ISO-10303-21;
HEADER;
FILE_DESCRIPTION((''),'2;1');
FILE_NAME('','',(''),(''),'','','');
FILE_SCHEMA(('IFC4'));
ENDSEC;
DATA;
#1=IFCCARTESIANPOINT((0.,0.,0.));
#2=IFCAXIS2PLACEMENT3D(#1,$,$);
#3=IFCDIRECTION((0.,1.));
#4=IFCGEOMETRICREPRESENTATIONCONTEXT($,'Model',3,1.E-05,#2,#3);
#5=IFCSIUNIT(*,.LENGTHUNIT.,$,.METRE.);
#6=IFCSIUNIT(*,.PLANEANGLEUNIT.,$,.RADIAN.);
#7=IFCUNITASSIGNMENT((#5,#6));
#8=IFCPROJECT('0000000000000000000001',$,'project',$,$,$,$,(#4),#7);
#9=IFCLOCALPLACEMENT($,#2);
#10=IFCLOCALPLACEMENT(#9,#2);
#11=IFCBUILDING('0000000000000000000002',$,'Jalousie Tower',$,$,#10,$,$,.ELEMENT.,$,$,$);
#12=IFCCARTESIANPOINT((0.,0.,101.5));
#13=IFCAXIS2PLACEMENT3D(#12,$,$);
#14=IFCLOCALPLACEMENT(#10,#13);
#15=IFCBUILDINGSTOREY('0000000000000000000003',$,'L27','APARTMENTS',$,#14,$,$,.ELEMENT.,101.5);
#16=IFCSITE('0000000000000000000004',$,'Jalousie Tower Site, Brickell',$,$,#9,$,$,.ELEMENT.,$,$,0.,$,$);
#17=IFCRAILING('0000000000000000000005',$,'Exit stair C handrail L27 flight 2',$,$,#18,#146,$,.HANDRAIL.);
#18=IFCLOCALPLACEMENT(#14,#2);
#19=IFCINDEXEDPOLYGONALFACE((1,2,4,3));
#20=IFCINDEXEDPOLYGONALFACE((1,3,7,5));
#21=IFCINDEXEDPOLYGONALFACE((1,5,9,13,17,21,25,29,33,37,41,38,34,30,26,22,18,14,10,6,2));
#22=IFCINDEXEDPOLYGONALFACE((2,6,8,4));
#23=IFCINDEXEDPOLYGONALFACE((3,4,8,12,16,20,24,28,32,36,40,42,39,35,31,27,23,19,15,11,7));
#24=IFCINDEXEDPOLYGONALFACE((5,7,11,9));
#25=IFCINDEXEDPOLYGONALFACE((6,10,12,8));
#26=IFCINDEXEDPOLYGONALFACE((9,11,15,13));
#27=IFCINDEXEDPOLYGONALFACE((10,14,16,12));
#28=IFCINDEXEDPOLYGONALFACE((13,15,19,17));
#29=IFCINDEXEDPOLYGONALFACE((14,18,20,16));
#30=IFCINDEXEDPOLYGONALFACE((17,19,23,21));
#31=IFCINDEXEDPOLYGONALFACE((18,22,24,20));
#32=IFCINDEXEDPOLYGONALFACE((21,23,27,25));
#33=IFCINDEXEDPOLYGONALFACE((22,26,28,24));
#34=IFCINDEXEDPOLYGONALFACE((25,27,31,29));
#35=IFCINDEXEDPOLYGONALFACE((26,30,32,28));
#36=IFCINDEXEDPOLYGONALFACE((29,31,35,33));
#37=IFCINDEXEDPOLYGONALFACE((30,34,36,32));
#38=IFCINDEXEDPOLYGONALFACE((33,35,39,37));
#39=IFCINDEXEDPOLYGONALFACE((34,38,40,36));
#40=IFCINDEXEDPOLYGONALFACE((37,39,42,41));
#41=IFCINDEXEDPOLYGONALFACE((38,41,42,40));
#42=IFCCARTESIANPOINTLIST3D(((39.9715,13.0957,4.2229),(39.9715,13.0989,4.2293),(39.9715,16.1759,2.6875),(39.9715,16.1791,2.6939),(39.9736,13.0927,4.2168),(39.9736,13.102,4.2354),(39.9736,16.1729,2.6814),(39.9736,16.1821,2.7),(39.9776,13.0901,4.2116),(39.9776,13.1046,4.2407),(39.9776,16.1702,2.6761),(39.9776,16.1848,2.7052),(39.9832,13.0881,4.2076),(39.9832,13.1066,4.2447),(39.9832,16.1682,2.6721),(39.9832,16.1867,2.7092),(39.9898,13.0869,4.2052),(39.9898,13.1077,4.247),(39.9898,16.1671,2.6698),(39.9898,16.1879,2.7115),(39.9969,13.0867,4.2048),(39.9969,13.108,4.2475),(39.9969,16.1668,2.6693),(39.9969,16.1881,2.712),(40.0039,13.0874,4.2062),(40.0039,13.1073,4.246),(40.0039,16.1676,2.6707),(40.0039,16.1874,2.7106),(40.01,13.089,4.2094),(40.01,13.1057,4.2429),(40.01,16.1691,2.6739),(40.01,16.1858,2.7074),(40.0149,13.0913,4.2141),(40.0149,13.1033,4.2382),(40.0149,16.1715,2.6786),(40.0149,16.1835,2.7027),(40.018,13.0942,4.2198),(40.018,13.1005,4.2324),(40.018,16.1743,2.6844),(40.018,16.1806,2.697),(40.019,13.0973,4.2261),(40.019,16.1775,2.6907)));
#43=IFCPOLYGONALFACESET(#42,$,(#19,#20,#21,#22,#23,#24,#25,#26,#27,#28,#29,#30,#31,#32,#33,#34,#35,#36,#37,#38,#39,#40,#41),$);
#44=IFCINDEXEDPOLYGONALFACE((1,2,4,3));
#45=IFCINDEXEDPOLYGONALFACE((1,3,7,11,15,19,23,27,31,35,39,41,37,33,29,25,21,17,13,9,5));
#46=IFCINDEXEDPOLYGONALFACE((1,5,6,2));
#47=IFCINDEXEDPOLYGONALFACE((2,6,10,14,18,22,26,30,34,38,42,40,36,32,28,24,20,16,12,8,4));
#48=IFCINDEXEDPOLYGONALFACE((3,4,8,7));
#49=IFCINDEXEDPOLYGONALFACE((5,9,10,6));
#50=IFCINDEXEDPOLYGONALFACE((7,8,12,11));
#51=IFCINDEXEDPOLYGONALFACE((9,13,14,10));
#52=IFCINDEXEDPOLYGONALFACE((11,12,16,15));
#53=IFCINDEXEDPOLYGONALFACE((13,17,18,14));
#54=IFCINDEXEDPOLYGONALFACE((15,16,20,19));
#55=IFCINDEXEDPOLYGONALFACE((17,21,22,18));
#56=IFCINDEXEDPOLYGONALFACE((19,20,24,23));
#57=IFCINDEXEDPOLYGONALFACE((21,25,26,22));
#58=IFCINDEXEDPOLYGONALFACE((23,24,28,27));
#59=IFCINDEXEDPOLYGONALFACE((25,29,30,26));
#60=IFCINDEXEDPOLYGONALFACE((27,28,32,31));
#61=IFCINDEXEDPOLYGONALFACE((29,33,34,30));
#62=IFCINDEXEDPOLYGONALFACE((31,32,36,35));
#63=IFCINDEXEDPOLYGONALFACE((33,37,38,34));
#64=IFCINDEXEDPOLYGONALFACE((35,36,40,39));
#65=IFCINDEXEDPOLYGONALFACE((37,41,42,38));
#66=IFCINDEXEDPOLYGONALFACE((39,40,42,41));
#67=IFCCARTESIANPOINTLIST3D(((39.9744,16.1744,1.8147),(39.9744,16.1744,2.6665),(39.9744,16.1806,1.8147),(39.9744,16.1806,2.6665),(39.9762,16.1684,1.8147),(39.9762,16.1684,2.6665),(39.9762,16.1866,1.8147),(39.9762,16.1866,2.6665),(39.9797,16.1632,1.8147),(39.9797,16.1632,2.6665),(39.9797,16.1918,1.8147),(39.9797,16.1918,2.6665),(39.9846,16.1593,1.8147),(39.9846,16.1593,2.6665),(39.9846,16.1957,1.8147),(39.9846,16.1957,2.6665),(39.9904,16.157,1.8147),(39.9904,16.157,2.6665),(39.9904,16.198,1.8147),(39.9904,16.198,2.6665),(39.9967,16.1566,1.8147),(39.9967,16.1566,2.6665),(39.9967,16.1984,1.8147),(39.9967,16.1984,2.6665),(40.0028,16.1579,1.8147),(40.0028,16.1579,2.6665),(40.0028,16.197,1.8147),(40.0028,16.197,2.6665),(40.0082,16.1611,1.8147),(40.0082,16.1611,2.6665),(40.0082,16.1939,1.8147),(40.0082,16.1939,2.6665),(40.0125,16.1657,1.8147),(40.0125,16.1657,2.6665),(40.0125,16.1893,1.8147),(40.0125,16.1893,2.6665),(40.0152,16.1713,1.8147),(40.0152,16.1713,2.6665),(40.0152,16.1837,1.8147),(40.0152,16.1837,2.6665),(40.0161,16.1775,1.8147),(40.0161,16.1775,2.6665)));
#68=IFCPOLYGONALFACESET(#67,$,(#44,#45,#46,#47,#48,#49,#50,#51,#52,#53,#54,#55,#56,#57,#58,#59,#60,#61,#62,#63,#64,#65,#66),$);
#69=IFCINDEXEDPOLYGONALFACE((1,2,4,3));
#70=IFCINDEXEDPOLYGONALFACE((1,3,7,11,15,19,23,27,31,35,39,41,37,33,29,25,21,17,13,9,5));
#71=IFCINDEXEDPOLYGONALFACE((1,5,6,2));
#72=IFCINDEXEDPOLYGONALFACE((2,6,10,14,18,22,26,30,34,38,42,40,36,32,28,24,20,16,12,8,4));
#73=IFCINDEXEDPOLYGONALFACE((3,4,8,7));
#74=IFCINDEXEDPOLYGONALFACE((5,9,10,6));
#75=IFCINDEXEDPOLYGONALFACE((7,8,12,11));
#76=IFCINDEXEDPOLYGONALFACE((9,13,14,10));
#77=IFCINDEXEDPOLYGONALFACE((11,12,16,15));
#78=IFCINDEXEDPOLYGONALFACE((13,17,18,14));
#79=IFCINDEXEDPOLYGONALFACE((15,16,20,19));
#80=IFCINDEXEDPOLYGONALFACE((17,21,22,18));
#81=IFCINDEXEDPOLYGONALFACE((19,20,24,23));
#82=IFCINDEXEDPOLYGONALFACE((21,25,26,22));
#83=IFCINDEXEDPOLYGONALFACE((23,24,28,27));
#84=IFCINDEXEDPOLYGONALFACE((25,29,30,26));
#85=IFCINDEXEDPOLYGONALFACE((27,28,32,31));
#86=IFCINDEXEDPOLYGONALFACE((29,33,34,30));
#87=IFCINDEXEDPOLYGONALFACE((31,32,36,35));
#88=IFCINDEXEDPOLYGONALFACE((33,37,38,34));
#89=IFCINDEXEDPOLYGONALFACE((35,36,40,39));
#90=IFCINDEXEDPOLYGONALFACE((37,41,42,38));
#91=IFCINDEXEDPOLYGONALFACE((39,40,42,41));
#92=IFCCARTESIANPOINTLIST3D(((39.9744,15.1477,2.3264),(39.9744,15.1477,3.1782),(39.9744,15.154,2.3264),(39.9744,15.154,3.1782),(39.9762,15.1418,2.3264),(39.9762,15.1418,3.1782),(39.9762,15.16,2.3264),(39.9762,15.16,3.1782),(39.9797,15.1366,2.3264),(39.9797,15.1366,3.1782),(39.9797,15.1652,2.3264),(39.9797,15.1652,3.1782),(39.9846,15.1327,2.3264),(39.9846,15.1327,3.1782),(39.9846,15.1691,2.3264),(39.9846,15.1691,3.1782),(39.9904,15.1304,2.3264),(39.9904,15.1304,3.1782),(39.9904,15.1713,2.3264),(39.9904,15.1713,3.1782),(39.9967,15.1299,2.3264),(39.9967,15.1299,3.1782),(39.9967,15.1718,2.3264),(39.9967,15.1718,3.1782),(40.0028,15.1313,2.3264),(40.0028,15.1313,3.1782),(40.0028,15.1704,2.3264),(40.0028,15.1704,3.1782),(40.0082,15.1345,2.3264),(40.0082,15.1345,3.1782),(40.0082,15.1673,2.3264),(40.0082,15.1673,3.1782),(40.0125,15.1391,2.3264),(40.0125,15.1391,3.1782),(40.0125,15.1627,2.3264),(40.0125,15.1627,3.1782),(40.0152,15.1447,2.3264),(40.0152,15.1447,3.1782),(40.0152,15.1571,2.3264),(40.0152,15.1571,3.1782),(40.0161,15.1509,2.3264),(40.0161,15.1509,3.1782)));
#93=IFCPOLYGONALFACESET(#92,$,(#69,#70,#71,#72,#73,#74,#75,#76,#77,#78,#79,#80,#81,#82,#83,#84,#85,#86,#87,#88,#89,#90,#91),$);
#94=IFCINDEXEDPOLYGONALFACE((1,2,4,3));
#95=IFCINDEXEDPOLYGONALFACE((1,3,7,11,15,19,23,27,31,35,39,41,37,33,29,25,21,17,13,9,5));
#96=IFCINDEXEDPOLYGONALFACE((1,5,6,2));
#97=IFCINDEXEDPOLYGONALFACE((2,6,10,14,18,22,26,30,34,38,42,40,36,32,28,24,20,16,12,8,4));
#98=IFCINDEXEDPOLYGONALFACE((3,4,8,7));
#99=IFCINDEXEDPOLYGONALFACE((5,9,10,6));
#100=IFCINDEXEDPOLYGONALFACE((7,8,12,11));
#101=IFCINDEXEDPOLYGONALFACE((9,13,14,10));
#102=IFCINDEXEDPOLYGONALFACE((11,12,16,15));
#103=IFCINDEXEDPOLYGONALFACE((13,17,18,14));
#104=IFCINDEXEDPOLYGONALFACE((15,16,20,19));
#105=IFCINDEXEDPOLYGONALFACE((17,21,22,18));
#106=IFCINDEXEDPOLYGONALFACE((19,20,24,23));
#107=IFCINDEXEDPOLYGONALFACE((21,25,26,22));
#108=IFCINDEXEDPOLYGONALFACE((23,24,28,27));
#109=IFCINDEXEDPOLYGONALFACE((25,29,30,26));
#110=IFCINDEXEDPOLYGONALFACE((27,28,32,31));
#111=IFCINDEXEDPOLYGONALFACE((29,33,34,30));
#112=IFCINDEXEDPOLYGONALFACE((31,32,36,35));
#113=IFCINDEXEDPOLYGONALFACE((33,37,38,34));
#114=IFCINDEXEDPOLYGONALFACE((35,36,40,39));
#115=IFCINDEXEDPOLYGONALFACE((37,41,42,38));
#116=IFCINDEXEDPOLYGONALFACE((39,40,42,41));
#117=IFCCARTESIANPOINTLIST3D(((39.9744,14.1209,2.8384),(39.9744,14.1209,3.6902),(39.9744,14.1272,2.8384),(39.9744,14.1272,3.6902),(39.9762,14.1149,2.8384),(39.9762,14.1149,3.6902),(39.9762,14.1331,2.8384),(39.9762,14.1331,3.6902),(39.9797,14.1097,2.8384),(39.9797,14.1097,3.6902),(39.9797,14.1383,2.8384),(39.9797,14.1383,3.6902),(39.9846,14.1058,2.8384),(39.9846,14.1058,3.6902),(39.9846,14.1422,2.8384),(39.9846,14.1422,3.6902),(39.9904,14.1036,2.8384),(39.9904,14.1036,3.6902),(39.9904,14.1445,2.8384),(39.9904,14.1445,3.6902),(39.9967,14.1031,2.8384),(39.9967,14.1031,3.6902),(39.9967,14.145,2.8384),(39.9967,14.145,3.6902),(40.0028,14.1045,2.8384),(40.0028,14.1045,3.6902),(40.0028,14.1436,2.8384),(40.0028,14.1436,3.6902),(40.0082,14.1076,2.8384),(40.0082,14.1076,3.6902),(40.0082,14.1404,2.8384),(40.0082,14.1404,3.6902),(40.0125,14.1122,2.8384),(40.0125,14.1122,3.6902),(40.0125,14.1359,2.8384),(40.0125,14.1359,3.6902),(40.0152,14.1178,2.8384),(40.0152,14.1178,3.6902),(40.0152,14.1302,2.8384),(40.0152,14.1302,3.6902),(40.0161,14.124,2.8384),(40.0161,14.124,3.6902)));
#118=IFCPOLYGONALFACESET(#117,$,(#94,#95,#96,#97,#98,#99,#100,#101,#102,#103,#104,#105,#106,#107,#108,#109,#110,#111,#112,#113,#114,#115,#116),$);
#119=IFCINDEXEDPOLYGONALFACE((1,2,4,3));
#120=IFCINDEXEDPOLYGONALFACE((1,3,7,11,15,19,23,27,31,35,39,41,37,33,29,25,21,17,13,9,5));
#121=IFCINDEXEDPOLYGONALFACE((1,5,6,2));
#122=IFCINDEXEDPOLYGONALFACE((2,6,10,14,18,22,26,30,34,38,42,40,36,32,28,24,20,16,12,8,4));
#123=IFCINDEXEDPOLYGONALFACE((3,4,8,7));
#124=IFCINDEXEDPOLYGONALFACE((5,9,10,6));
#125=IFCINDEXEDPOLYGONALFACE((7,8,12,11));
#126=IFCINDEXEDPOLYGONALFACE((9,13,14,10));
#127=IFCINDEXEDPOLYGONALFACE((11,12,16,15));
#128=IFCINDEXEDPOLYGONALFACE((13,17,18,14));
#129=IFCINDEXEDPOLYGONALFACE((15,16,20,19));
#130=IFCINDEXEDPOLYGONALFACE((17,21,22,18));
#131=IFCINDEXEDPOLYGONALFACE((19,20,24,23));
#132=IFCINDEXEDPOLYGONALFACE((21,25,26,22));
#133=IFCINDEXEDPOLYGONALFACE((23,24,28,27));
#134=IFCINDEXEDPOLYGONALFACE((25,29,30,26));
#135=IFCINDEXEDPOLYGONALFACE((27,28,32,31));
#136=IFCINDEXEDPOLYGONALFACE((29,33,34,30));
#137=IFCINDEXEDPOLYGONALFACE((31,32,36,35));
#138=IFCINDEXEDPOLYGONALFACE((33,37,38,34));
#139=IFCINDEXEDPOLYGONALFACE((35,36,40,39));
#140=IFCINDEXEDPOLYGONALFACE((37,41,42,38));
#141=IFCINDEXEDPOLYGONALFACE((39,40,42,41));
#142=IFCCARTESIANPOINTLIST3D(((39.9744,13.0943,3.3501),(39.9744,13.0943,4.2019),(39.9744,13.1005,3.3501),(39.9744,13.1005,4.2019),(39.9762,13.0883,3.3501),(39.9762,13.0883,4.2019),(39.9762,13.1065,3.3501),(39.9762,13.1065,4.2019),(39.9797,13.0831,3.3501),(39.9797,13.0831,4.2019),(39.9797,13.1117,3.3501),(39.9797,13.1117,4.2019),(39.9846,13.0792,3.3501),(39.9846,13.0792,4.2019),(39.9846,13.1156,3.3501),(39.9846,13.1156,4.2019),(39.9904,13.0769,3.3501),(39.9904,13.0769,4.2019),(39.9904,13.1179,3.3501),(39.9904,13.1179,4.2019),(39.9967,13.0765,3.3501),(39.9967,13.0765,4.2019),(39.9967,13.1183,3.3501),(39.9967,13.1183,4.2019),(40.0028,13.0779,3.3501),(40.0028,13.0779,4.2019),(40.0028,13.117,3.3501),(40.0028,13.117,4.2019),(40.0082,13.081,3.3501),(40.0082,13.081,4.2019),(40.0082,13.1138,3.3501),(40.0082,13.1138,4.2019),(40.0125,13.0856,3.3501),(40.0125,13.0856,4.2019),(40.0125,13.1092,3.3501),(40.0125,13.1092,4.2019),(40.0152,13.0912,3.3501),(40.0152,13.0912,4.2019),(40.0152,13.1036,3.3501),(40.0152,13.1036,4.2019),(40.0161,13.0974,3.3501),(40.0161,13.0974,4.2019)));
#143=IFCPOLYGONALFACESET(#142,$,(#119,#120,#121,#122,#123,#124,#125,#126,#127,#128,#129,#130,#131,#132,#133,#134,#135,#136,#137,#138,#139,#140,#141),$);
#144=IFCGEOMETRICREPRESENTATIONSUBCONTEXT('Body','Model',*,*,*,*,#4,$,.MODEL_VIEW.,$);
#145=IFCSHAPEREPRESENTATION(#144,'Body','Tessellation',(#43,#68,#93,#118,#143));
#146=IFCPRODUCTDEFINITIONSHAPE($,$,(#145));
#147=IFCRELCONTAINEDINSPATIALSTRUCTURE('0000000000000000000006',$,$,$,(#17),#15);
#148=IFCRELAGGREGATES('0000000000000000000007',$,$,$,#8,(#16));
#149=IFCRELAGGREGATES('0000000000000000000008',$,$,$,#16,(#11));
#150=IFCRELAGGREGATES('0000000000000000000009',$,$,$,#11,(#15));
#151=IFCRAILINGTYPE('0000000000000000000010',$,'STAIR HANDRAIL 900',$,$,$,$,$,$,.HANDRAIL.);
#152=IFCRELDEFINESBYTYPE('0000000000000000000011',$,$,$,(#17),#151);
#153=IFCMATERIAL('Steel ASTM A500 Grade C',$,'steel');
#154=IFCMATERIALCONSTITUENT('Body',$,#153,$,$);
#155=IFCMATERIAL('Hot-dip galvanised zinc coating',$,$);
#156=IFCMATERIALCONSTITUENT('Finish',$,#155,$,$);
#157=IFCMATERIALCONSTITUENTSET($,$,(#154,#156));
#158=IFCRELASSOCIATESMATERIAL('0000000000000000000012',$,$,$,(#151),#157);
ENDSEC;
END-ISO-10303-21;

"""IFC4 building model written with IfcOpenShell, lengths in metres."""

from ifc_helpers import new_model, si_unit, direction, frame, origin, origin_2d, place, context, subcontext, project, spatial, circle, extrude, material, constituent, constituent_set, type_object, element, save


model = new_model("IFC4")

# Units and contexts
model_context = context("Model", 3, precision=1e-05, world=origin(), true_north=direction((0.0, 1.0)))
body_context = subcontext(model_context, "Body", "Model", "MODEL_VIEW")
ifc_project = project(units=[si_unit("LENGTHUNIT", "METRE"), si_unit("PLANEANGLEUNIT", "RADIAN")], contexts=[model_context])

# Site, building, storey
site_placement = place(None, origin())
site = spatial("IfcSite", under=ifc_project, at=site_placement, Name="Jalousie Tower Site, Brickell", CompositionType="ELEMENT", RefElevation=0.0)
building_placement = place(site_placement, origin())
building = spatial("IfcBuilding", under=site, at=building_placement, Name="Jalousie Tower", CompositionType="ELEMENT")
storey_placement = place(building_placement, frame((0.0, 0.0, 101.5)))
storey = spatial("IfcBuildingStorey", under=building, at=storey_placement, Name="L27", Description="APARTMENTS", CompositionType="ELEMENT", Elevation=101.5)

# Railing
ifc_material_1 = material(Name="Steel ASTM A500 Grade C", Category="steel")
ifc_constituent_1 = constituent(ifc_material_1, Name="Body")
ifc_material_2 = material(Name="Hot-dip galvanised zinc coating")
ifc_constituent_2 = constituent(ifc_material_2, Name="Finish")
ifc_constituent_set_1 = constituent_set(constituents=[ifc_constituent_1, ifc_constituent_2])
railing_type_1 = type_object("IfcRailingType", Name="STAIR HANDRAIL 900", PredefinedType="HANDRAIL", material=ifc_constituent_set_1)
railing_1_placement = place(storey_placement, frame((39.9951, 16.1775, 1.8147)))
element("IfcRailing", 1, at=railing_1_placement, inside=storey, type_object=railing_type_1, Name="Exit stair C handrail L27 flight 2", PredefinedType="HANDRAIL", context=body_context, shape_type="SweptSolid", body=[
    extrude(circle(Radius=0.0239, at=origin_2d()), frame((0.0, 0.0, 0.876), z_axis=(0.0, -0.894966, 0.446135), x_axis=(1.0, 0.0, 0.0)), (0.0, 0.0, 1.0), 3.4417),
    extrude(circle(Radius=0.021, at=origin_2d()), origin(), (0.0, 0.0, 1.0), 0.8518),
    extrude(circle(Radius=0.021, at=origin_2d()), frame((0.0, -1.0266, 0.5117)), (0.0, 0.0, 1.0), 0.8518),
    extrude(circle(Radius=0.021, at=origin_2d()), frame((0.0, -2.0535, 1.0237)), (0.0, 0.0, 1.0), 0.8518),
    extrude(circle(Radius=0.021, at=origin_2d()), frame((0.0, -3.0801, 1.5354)), (0.0, 0.0, 1.0), 0.8518),
])

save(model, "model.ifc")
